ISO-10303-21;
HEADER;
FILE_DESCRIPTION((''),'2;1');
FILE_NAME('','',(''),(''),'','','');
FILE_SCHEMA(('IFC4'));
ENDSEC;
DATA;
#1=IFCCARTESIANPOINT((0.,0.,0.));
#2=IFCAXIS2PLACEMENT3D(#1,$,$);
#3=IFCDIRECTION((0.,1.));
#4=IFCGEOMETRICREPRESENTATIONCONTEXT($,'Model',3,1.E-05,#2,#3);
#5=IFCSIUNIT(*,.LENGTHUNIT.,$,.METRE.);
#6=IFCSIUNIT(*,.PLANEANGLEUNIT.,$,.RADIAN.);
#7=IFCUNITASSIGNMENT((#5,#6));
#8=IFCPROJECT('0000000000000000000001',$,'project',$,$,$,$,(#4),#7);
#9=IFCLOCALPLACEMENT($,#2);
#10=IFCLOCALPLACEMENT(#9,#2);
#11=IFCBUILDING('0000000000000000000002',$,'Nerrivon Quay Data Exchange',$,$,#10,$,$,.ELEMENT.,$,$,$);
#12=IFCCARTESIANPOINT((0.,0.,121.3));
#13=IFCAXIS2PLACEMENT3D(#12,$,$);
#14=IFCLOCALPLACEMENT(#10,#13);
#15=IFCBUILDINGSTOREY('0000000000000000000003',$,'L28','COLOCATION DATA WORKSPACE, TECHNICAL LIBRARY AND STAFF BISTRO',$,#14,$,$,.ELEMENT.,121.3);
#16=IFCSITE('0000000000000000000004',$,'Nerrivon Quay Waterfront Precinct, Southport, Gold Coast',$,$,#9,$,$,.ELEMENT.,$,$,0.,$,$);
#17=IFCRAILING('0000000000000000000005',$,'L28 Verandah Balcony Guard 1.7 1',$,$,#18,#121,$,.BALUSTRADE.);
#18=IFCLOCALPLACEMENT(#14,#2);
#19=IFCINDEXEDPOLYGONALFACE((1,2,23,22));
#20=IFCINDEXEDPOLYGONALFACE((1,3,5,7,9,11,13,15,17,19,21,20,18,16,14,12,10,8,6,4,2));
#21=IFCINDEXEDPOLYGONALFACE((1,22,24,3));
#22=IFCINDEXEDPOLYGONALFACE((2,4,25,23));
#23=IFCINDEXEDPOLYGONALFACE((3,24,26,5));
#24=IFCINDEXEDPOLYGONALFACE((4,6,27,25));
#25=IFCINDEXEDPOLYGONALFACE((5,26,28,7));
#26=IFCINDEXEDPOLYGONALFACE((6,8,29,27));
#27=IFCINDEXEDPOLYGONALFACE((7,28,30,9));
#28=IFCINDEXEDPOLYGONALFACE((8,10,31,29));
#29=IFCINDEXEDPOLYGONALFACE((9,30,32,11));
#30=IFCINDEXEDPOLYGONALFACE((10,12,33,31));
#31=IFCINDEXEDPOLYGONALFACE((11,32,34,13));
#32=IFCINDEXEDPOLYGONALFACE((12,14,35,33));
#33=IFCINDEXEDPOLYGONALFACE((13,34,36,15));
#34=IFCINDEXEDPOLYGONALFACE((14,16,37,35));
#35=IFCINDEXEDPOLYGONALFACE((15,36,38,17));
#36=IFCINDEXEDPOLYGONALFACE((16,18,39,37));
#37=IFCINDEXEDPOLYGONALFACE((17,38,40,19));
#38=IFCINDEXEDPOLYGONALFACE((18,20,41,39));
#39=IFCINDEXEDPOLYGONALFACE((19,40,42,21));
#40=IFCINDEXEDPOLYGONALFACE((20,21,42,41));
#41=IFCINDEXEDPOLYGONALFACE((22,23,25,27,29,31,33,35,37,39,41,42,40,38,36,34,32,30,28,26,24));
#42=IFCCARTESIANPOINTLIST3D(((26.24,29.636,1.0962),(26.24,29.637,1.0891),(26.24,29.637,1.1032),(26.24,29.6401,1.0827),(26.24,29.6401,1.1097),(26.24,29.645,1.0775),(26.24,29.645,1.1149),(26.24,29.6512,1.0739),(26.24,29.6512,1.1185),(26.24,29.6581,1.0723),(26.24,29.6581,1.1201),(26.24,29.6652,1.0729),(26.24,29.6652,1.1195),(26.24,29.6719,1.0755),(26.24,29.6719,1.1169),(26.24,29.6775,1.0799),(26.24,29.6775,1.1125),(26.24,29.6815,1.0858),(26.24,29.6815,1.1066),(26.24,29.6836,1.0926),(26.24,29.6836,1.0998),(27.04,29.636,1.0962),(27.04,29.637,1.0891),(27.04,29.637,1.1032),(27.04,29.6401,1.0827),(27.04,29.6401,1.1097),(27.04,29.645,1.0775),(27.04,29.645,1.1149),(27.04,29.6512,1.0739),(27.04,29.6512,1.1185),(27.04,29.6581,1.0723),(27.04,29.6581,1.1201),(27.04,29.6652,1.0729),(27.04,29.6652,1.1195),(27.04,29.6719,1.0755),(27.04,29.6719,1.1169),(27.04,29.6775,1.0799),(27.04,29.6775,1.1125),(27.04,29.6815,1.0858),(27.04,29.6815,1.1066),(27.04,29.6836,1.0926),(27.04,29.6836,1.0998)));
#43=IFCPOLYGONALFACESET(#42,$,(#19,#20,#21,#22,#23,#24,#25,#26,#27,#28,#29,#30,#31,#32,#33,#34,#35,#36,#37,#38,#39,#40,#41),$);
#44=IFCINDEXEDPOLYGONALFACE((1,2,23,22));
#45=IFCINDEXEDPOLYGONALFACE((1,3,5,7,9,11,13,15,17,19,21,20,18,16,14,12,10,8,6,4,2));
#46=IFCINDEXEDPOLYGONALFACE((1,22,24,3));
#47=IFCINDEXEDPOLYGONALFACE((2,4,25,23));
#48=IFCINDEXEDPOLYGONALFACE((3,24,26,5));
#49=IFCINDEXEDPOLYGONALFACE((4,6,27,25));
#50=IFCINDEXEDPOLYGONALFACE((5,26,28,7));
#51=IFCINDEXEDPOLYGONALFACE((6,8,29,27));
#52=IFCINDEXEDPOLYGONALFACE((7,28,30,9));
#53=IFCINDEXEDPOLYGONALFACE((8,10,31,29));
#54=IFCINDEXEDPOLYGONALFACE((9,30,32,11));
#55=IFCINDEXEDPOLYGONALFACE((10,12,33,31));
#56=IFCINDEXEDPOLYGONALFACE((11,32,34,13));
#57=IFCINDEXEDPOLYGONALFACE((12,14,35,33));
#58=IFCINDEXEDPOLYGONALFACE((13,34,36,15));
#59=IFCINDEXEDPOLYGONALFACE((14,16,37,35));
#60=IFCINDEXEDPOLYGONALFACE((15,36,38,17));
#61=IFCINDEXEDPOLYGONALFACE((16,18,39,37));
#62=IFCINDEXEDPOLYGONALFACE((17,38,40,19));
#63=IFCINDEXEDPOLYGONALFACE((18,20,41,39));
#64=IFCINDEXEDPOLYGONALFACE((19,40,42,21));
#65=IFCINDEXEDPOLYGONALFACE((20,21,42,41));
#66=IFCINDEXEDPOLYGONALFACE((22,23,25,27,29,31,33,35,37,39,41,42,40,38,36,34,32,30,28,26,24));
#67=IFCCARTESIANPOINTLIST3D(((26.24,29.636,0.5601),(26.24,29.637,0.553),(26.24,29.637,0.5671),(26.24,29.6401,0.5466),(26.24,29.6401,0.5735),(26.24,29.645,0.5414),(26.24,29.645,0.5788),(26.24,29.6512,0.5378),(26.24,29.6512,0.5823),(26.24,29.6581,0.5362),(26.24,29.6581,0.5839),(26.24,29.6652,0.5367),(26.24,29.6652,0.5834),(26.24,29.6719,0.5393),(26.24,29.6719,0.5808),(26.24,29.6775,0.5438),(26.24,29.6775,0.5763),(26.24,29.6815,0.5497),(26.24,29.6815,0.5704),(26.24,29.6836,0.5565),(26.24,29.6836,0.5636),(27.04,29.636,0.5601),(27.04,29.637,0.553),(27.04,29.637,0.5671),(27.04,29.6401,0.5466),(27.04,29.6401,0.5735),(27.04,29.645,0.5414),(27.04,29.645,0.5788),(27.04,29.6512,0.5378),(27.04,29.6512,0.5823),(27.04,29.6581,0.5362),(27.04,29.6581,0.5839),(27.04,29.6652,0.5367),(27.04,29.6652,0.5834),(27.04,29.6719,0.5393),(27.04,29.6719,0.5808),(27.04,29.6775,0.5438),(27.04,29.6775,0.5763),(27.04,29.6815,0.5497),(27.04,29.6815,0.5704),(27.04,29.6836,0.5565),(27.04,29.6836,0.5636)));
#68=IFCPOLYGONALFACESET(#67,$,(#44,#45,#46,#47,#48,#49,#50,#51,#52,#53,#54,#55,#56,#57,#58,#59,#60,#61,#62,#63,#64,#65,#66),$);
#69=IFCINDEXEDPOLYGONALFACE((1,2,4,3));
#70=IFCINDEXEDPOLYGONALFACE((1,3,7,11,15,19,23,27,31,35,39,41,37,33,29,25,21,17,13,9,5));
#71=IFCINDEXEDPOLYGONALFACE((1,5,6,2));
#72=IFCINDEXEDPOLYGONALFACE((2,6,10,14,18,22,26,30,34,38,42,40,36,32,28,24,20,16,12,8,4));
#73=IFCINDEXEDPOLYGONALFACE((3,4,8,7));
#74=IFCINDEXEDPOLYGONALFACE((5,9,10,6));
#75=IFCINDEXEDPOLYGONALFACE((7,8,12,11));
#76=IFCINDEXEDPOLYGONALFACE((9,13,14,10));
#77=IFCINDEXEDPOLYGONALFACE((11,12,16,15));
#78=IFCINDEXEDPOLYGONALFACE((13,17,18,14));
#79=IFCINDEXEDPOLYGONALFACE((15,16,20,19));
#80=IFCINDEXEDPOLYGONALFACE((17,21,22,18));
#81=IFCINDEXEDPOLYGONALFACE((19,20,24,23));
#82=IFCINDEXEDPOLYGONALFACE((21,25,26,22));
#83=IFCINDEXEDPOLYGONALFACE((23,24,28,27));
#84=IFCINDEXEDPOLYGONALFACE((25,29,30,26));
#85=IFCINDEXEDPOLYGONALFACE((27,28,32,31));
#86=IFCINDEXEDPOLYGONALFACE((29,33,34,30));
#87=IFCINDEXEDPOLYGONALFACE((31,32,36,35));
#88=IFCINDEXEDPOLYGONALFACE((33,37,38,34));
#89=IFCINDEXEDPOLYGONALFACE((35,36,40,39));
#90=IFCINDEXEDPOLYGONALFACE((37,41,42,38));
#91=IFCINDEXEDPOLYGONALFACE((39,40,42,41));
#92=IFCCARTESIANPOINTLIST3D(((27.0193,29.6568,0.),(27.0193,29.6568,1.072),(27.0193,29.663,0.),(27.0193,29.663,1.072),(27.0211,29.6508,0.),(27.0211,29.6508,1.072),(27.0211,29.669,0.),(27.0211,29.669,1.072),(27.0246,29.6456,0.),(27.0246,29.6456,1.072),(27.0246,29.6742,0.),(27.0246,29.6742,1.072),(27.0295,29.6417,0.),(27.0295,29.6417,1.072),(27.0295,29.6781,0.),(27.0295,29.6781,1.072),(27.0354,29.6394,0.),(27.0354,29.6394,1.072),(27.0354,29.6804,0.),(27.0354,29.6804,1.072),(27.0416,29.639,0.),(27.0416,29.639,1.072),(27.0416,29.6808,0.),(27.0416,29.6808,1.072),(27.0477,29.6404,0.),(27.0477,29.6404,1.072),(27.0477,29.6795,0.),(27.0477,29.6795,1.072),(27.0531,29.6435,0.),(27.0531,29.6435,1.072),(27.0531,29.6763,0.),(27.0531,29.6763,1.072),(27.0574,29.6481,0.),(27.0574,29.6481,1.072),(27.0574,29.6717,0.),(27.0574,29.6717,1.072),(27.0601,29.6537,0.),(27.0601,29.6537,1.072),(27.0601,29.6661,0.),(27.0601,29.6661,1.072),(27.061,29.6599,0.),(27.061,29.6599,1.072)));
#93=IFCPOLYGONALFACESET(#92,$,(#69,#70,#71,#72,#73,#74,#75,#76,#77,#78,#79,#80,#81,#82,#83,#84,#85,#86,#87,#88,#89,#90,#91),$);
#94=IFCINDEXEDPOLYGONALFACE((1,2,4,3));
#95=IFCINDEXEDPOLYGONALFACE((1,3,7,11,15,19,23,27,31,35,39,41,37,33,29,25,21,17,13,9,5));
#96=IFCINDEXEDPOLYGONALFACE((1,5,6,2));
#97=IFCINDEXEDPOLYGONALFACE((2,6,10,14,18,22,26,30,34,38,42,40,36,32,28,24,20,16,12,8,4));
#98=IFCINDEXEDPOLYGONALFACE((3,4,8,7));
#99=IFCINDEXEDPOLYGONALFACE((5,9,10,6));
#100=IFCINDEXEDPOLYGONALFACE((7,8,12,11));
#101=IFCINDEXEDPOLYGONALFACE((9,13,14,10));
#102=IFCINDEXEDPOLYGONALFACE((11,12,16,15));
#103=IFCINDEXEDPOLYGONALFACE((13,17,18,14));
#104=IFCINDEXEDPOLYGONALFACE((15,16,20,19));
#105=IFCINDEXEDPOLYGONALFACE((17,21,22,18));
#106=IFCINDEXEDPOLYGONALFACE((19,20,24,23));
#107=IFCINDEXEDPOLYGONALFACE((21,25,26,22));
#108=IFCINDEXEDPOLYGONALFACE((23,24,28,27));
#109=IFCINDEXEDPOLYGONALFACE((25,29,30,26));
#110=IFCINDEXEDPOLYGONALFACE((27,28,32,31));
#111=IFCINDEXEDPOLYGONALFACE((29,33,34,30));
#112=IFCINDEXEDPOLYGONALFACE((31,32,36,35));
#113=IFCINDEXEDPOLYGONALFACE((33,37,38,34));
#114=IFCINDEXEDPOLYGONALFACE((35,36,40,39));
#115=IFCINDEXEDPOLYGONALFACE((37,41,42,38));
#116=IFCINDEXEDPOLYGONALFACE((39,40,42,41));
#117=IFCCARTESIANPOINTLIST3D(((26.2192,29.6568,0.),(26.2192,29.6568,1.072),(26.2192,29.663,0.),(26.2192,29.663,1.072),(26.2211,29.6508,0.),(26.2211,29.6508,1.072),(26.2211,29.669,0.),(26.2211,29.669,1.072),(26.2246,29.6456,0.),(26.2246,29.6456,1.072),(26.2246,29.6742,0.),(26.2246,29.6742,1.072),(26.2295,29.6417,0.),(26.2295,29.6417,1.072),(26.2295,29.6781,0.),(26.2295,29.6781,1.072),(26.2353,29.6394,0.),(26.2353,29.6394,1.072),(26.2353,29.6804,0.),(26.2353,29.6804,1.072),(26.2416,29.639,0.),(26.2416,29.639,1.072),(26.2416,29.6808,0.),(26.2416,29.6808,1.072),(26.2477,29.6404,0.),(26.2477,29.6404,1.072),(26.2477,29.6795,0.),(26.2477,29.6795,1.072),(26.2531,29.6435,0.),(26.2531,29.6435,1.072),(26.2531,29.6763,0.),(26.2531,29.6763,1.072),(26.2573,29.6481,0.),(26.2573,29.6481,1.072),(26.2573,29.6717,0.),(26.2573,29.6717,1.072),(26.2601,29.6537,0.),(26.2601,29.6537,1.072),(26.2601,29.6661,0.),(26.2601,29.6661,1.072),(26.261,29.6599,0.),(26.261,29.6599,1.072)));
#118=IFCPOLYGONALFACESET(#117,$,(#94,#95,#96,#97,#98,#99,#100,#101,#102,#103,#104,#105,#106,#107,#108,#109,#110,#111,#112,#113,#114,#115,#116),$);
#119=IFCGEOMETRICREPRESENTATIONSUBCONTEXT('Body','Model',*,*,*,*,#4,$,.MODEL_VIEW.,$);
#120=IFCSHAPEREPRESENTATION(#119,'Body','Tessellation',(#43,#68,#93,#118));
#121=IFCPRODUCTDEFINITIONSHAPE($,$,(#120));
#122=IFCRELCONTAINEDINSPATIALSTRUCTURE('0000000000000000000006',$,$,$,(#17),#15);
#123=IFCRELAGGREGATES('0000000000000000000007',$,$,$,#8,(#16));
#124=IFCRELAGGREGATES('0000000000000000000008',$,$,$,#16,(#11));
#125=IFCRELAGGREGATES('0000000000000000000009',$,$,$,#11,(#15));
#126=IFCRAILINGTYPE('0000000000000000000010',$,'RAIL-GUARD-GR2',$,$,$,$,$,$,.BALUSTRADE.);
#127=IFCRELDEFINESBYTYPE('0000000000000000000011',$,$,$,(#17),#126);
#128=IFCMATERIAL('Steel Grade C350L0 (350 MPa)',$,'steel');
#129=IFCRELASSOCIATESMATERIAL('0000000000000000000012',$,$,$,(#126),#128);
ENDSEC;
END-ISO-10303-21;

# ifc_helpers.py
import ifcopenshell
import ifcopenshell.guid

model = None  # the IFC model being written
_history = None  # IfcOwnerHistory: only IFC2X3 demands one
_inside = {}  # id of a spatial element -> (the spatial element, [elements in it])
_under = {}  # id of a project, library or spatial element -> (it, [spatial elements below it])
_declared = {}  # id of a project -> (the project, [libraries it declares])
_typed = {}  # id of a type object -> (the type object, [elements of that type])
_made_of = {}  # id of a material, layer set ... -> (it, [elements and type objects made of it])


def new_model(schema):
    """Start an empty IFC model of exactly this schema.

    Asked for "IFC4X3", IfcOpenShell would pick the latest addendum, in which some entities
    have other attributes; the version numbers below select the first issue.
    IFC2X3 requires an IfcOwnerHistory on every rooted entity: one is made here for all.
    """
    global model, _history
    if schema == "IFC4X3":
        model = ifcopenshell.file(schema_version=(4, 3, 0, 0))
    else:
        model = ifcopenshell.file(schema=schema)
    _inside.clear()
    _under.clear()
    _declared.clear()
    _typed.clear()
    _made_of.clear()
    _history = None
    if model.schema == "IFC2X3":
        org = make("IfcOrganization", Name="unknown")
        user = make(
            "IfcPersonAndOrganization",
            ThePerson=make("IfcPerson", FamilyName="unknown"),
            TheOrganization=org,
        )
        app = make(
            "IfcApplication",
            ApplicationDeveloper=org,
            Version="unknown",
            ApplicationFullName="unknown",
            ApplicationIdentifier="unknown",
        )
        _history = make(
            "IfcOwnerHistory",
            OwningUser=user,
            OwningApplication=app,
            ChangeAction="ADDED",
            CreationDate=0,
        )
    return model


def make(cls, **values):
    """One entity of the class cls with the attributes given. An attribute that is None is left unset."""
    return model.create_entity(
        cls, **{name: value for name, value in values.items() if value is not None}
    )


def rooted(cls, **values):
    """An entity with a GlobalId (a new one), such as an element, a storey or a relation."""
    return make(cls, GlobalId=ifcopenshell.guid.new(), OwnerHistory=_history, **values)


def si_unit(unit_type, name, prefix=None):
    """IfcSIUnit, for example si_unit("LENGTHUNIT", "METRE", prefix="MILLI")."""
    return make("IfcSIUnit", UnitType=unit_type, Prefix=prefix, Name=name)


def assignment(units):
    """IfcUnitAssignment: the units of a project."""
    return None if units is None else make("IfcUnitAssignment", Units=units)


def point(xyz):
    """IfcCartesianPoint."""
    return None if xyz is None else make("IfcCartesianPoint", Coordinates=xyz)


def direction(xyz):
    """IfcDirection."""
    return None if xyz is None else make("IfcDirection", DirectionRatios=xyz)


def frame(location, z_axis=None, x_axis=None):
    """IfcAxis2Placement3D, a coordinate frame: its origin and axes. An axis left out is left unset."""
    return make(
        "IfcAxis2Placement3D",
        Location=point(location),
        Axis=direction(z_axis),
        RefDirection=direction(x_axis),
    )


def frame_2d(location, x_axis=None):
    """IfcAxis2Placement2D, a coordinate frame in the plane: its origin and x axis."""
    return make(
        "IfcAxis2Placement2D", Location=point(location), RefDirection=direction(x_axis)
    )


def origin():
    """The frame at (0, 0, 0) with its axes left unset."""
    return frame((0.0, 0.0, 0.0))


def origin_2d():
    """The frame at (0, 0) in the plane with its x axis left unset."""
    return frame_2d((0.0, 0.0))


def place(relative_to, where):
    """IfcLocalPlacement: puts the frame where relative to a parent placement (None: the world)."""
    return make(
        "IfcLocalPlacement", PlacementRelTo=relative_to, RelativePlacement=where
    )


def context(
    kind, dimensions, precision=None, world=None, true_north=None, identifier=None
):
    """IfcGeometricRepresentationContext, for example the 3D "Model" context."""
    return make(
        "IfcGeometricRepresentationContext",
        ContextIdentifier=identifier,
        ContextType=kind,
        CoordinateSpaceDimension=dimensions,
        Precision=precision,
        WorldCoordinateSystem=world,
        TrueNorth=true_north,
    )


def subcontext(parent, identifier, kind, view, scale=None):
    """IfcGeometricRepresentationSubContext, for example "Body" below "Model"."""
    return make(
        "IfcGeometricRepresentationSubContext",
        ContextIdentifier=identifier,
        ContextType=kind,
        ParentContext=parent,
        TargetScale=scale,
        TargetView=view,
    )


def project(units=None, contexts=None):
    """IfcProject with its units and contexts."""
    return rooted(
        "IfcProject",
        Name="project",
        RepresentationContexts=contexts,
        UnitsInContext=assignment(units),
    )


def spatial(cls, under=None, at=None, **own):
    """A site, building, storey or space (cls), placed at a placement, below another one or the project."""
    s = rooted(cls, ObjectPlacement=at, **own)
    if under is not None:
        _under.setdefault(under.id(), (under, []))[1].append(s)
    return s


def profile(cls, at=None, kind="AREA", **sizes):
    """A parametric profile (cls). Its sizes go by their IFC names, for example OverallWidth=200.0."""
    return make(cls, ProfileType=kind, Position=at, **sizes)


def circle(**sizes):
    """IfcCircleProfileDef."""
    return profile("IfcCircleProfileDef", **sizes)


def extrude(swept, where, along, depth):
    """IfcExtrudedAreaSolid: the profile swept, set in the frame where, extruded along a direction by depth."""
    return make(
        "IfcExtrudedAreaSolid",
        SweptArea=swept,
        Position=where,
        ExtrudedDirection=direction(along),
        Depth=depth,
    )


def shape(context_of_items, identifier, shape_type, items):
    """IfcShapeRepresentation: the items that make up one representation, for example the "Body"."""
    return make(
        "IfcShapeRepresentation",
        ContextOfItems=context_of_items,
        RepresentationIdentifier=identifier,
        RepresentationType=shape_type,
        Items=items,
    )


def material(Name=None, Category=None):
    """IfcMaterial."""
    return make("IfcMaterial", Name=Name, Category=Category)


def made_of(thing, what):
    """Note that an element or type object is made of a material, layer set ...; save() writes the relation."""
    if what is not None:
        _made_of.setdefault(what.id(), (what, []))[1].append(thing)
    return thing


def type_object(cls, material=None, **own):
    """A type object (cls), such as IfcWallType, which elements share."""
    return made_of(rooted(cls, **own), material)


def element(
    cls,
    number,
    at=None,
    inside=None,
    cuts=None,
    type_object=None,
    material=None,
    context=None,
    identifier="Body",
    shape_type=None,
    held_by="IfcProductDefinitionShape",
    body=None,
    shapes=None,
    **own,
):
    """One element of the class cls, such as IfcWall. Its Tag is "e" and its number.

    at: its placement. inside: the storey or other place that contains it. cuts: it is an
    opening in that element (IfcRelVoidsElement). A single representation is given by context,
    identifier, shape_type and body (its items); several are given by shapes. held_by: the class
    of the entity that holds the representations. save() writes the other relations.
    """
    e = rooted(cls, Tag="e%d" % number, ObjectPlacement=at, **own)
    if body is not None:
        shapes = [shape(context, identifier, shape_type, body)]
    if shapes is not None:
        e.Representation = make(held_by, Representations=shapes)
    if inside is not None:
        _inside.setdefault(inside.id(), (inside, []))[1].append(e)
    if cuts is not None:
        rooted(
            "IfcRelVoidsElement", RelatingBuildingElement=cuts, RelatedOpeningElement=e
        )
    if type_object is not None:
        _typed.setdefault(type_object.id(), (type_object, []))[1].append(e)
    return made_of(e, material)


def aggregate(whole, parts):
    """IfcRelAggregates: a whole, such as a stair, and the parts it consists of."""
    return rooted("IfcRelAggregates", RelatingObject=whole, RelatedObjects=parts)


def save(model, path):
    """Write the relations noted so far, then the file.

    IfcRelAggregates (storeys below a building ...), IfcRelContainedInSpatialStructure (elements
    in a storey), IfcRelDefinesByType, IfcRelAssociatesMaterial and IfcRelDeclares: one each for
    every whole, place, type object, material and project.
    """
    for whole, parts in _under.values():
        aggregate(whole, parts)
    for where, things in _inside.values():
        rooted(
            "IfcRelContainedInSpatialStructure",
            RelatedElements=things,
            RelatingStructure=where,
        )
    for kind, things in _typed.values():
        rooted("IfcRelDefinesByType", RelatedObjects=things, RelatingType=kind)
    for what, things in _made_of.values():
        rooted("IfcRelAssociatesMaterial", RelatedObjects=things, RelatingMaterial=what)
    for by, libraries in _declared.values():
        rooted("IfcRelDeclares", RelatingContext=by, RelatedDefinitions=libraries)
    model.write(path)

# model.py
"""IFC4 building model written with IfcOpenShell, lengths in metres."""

from ifc_helpers import new_model, si_unit, direction, frame, origin, origin_2d, place, context, subcontext, project, spatial, circle, extrude, material, type_object, element, save


model = new_model("IFC4")

# Units and contexts
model_context = context("Model", 3, precision=1e-05, world=origin(), true_north=direction((0.0, 1.0)))
body_context = subcontext(model_context, "Body", "Model", "MODEL_VIEW")
ifc_project = project(units=[si_unit("LENGTHUNIT", "METRE"), si_unit("PLANEANGLEUNIT", "RADIAN")], contexts=[model_context])

# Site, building, storey
site_placement = place(None, origin())
site = spatial("IfcSite", under=ifc_project, at=site_placement, Name="Nerrivon Quay Waterfront Precinct, Southport, Gold Coast", CompositionType="ELEMENT", RefElevation=0.0)
building_placement = place(site_placement, origin())
building = spatial("IfcBuilding", under=site, at=building_placement, Name="Nerrivon Quay Data Exchange", CompositionType="ELEMENT")
storey_placement = place(building_placement, frame((0.0, 0.0, 121.3)))
storey = spatial("IfcBuildingStorey", under=building, at=storey_placement, Name="L28", Description="COLOCATION DATA WORKSPACE, TECHNICAL LIBRARY AND STAFF BISTRO", CompositionType="ELEMENT", Elevation=121.3)

# Railing
ifc_material_1 = material(Name="Steel Grade C350L0 (350 MPa)", Category="steel")
railing_type = type_object("IfcRailingType", Name="RAIL-GUARD-GR2", PredefinedType="BALUSTRADE", material=ifc_material_1)
railing_placement = place(storey_placement, frame((27.04, 29.6599, 0.0)))
element("IfcRailing", 1, at=railing_placement, inside=storey, type_object=railing_type, Name="L28 Verandah Balcony Guard 1.7 1", PredefinedType="BALUSTRADE", context=body_context, shape_type="SweptSolid", body=[
    extrude(circle(Radius=0.0239, at=origin_2d()), frame((0.0, 0.0, 1.0962), z_axis=(-1.0, 0.0, 0.0), x_axis=(0.0, -1.0, 0.0)), (0.0, 0.0, 1.0), 0.8),
    extrude(circle(Radius=0.0239, at=origin_2d()), frame((0.0, 0.0, 0.5601), z_axis=(-1.0, 0.0, 0.0), x_axis=(0.0, -1.0, 0.0)), (0.0, 0.0, 1.0), 0.8),
    extrude(circle(Radius=0.021, at=origin_2d()), origin(), (0.0, 0.0, 1.0), 1.072),
    extrude(circle(Radius=0.021, at=origin_2d()), frame((-0.8, 0.0, 0.0)), (0.0, 0.0, 1.0), 1.072),
])

save(model, "model.ifc")
